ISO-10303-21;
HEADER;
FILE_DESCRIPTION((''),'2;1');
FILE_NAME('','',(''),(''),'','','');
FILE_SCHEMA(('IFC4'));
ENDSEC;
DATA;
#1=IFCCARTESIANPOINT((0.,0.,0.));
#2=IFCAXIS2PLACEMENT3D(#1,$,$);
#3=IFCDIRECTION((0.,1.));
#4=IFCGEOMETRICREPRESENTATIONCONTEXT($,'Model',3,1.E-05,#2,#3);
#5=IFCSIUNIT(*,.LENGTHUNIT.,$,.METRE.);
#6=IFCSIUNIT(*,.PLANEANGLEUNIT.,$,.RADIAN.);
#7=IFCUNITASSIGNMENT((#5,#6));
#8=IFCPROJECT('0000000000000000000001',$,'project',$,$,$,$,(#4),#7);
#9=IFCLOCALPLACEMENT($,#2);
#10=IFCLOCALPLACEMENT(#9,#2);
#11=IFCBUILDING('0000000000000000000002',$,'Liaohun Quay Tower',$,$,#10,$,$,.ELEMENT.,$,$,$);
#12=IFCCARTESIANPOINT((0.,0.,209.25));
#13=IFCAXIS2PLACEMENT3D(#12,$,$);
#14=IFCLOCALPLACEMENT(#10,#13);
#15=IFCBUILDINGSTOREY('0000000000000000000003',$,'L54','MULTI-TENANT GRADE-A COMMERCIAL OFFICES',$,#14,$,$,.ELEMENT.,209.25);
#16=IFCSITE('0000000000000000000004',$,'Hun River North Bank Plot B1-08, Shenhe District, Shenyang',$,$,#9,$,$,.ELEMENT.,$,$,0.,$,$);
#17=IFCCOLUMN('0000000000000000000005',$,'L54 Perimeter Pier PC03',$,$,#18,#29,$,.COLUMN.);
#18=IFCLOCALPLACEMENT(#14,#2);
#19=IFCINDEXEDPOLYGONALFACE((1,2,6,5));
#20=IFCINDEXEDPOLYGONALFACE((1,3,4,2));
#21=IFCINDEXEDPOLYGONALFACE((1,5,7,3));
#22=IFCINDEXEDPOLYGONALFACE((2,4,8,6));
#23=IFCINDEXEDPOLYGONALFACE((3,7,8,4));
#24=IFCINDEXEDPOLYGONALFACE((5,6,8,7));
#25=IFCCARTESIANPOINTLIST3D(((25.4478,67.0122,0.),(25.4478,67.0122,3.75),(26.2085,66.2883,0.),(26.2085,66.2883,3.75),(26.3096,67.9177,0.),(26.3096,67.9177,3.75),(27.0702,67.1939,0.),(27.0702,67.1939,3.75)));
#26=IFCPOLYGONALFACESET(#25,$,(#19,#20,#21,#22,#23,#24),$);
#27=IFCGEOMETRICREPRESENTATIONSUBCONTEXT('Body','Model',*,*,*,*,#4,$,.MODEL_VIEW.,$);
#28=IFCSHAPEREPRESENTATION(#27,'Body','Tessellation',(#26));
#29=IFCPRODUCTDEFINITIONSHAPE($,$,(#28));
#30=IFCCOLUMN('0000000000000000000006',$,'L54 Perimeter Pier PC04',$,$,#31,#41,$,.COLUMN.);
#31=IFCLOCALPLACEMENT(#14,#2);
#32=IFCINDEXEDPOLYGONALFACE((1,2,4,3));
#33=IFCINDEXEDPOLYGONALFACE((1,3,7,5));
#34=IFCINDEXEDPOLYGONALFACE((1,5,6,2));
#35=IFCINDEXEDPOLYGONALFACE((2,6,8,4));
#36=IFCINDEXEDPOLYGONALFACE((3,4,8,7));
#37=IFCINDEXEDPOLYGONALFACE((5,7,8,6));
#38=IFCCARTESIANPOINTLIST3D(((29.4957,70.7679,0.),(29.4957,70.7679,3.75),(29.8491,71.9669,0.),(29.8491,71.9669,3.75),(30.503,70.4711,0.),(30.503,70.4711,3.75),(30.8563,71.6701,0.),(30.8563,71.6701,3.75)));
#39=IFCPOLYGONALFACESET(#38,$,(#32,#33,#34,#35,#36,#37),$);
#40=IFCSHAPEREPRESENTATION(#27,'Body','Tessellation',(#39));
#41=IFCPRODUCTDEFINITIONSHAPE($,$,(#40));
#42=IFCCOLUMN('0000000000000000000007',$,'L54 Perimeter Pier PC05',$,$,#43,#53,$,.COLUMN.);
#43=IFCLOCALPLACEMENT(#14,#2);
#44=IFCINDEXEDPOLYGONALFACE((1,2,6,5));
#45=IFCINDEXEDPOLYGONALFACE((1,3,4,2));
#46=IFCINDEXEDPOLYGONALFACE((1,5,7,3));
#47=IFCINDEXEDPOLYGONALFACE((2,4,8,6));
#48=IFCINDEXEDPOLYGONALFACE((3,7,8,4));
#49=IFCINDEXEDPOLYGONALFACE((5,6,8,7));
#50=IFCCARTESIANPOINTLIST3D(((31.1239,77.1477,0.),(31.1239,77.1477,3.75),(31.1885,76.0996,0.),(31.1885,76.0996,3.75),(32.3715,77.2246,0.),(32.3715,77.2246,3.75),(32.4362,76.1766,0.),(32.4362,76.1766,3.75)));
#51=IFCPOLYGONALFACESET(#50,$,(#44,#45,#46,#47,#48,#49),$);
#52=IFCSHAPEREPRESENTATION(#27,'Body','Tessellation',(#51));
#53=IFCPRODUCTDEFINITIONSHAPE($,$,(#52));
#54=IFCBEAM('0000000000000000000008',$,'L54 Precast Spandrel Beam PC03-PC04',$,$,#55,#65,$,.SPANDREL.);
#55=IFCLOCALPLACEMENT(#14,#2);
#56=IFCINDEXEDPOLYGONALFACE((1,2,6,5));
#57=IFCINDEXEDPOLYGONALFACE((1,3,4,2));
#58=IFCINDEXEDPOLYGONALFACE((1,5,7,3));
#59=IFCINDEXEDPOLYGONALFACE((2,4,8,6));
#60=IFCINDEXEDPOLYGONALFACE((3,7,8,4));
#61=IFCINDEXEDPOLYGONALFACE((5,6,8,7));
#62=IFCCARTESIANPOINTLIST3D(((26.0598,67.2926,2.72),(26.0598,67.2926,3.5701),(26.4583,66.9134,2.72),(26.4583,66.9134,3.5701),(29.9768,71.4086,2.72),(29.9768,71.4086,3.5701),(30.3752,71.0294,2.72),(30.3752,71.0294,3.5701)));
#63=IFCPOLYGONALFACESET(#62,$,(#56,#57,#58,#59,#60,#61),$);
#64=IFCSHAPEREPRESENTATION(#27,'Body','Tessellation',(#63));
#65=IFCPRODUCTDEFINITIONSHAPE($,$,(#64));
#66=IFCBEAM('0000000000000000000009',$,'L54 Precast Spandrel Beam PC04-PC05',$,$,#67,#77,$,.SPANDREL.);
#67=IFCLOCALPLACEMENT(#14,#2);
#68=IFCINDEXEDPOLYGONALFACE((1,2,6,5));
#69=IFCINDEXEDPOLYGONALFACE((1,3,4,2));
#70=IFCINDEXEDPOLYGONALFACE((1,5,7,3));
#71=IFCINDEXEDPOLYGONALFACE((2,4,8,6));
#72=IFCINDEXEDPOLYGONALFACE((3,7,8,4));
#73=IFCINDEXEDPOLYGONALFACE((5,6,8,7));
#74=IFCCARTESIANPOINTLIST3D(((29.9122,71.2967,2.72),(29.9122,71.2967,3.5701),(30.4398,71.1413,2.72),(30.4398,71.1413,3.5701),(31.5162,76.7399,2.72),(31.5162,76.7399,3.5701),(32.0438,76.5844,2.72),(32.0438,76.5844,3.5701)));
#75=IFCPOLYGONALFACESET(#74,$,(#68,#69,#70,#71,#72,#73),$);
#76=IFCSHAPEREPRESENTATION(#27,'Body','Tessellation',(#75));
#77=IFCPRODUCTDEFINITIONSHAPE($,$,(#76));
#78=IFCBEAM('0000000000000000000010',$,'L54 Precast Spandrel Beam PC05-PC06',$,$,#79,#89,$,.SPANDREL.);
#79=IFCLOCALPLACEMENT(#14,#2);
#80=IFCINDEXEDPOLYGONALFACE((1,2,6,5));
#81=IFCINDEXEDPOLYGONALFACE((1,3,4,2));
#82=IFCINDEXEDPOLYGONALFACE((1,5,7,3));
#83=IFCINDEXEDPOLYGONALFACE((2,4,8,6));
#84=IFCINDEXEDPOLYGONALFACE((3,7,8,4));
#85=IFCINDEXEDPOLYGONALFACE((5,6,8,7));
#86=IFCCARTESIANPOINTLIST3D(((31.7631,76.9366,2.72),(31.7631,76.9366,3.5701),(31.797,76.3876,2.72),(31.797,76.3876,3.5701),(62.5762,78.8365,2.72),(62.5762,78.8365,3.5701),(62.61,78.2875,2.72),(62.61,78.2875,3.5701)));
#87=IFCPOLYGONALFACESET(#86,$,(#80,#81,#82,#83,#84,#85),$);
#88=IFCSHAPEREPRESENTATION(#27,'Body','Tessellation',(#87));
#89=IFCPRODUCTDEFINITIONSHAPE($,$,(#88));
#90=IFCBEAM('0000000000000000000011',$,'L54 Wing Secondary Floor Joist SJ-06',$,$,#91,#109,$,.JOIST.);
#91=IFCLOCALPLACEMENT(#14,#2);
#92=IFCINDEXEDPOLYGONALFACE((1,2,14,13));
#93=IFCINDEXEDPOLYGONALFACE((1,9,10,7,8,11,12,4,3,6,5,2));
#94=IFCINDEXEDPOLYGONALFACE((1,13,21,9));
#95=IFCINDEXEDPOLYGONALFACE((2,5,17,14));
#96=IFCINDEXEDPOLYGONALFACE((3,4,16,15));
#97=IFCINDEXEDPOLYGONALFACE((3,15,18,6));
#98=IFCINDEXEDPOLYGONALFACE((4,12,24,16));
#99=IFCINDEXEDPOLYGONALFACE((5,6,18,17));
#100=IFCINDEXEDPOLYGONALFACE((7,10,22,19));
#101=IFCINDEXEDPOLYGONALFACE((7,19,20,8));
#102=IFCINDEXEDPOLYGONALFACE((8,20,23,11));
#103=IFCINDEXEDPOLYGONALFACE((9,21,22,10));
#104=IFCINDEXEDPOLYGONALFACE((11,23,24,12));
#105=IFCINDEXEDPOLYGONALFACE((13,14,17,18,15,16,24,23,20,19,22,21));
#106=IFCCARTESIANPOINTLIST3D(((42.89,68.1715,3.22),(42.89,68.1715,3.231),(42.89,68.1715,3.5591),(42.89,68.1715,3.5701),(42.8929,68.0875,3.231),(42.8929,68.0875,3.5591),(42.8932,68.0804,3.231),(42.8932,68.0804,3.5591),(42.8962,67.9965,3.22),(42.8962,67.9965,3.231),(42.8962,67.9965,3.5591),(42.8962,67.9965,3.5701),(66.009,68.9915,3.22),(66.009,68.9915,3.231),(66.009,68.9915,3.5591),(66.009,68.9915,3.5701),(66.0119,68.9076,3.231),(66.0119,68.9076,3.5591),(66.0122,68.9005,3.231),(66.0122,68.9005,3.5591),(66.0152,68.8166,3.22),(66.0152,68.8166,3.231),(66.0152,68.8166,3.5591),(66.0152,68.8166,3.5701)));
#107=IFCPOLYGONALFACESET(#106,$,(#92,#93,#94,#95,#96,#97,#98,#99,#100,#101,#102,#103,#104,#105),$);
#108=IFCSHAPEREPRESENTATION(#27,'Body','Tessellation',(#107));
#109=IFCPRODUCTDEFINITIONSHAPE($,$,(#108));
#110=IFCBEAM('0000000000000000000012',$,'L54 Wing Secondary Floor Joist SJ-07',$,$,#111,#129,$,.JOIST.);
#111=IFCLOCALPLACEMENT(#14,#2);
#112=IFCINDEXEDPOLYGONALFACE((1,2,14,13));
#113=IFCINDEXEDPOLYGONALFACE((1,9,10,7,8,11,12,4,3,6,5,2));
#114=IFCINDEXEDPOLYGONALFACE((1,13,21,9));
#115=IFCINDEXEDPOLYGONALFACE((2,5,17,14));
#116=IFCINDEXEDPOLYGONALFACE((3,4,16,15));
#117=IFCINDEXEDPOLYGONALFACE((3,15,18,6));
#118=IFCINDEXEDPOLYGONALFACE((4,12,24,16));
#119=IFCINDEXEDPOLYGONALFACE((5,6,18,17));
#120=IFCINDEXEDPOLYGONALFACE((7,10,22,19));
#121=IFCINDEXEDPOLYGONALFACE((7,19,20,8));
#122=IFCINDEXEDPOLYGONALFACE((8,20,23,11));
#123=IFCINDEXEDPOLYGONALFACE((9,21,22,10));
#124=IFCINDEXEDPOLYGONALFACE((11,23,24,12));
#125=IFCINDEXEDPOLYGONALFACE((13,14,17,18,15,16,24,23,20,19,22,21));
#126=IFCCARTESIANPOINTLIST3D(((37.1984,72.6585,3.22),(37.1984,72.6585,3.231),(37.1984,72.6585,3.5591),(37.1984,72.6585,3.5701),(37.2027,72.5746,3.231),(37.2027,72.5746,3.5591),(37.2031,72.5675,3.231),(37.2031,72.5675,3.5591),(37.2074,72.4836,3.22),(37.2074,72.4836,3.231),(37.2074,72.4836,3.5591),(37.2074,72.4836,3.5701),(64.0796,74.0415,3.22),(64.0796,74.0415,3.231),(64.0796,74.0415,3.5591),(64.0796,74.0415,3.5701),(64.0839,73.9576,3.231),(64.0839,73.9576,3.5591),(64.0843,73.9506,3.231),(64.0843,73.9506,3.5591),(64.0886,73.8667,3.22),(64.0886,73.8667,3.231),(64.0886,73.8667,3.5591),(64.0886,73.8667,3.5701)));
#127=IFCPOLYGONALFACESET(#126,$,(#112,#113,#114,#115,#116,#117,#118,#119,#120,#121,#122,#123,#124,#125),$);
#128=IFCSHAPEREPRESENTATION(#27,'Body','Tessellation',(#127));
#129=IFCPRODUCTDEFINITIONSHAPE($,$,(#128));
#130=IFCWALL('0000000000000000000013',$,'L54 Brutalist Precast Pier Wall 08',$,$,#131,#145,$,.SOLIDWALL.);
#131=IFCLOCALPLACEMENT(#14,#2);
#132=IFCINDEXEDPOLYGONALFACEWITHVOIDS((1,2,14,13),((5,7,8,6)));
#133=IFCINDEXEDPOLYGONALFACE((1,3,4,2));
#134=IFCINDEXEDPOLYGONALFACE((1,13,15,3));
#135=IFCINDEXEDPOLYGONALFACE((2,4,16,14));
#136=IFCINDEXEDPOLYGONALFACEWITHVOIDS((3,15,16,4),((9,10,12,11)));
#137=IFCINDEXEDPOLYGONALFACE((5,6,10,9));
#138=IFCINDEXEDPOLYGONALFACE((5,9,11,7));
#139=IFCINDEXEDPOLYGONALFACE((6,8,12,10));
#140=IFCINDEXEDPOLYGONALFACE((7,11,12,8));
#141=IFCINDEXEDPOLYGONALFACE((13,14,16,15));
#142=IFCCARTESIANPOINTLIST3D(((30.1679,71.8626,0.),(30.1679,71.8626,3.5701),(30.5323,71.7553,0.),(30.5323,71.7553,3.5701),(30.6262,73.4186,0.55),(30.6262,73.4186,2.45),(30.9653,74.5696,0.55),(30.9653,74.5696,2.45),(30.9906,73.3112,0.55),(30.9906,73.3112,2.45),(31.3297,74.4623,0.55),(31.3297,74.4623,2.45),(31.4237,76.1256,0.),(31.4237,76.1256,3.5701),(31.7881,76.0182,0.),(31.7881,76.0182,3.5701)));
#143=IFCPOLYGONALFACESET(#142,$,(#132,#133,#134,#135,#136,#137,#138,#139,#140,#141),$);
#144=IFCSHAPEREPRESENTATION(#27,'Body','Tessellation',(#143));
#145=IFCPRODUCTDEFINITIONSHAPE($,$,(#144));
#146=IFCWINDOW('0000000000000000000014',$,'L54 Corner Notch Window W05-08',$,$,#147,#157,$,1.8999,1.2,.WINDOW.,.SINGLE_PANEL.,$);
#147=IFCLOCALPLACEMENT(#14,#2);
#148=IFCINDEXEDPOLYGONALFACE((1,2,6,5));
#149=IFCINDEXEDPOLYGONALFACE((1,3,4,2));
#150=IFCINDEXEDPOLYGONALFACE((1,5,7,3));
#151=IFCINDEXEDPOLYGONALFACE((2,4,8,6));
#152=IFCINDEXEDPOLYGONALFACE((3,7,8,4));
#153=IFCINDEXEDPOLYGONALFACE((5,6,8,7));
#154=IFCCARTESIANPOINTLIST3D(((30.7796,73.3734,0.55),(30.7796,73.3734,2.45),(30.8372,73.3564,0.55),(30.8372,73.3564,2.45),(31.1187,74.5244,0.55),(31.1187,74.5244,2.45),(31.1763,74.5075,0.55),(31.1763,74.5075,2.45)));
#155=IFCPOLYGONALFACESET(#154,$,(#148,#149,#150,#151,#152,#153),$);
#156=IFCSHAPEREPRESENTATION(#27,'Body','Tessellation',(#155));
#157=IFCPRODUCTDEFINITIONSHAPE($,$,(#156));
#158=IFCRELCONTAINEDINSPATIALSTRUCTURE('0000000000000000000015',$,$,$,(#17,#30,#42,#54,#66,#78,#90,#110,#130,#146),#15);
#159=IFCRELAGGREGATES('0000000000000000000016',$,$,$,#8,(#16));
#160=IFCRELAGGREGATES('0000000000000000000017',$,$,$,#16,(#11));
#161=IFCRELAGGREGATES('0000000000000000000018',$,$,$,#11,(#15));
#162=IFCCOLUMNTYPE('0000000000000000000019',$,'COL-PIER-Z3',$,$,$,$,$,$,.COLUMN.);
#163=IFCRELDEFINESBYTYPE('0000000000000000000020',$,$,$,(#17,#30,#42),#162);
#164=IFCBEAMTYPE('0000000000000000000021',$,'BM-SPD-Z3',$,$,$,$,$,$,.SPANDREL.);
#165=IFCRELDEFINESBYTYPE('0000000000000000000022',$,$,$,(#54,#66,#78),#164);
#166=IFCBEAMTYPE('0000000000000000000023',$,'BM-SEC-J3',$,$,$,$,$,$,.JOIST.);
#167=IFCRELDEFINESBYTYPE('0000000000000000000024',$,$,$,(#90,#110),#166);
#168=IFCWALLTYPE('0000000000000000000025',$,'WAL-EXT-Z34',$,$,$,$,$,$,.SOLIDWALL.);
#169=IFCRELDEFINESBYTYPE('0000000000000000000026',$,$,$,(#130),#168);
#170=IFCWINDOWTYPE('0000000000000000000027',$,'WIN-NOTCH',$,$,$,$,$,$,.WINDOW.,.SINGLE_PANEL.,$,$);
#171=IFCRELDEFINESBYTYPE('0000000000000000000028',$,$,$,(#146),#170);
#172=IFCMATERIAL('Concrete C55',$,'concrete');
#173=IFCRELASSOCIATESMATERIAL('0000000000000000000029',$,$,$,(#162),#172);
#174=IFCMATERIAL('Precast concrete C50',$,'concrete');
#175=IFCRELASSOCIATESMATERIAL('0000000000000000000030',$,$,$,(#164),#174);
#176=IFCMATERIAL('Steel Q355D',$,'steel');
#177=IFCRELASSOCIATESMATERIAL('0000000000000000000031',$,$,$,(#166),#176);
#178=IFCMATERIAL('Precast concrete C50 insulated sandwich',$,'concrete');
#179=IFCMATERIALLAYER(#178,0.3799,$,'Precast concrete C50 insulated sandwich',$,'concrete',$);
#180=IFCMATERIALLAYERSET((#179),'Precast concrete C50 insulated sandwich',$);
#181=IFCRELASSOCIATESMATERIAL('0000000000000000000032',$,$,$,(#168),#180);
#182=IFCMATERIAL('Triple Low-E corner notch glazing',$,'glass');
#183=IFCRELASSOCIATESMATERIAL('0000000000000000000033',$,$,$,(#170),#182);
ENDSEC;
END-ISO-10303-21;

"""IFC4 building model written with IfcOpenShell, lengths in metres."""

from ifc_helpers import new_model, si_unit, direction, frame, frame_2d, origin, origin_2d, place, context, subcontext, project, spatial, rectangle, i_section, extrude, source, transform, mapped, material, layer, layer_set, material_profile, profile_set, type_object, element, fill, save


model = new_model("IFC4")

# Units and contexts
model_context = context("Model", 3, precision=1e-05, world=origin(), true_north=direction((0.0, 1.0)))
body_context = subcontext(model_context, "Body", "Model", "MODEL_VIEW")
ifc_project = project(units=[si_unit("LENGTHUNIT", "METRE"), si_unit("PLANEANGLEUNIT", "RADIAN")], contexts=[model_context])

# Site, building, storey
site_placement = place(None, origin())
site = spatial("IfcSite", under=ifc_project, at=site_placement, Name="Hun River North Bank Plot B1-08, Shenhe District, Shenyang", CompositionType="ELEMENT", RefElevation=0.0)
building_placement = place(site_placement, origin())
building = spatial("IfcBuilding", under=site, at=building_placement, Name="Liaohun Quay Tower", CompositionType="ELEMENT")
storey_placement = place(building_placement, frame((0.0, 0.0, 209.25)))
storey = spatial("IfcBuildingStorey", under=building, at=storey_placement, Name="L54", Description="MULTI-TENANT GRADE-A COMMERCIAL OFFICES", CompositionType="ELEMENT", Elevation=209.25)

# Columns
ifc_material_1 = material(Name="Concrete C55", Category="concrete")
ifc_material_profile_1 = material_profile(ifc_material_1, rectangle(XDim=1.25, YDim=1.05, at=origin_2d()), Name="RC1250x1050")
ifc_profile_set_1 = profile_set([ifc_material_profile_1], Name="Concrete C55")
column_type = type_object("IfcColumnType", Name="COL-PIER-Z3", PredefinedType="COLUMN", material=ifc_profile_set_1)
shared_shape_1 = source(origin(), body_context, "Body", "SweptSolid", [
    extrude(rectangle(XDim=1.25, YDim=1.05, at=origin_2d()), origin(), (0.0, 0.0, 1.0), 3.75),
])
for number, where, z_axis, x_axis, name in (
    (1, (26.259, 67.103, 0.0), (0.0, 0.0, 1.0), (0.689367, 0.724413, 0.0), "L54 Perimeter Pier PC03"),
    (2, (30.176, 71.219, 0.0), (0.0, 0.0, 1.0), (0.282676, 0.959215, 0.0), "L54 Perimeter Pier PC04"),
    (3, (31.78, 76.6621, 0.0), (0.0, 0.0, 1.0), (0.998103, 0.061571, 0.0), "L54 Perimeter Pier PC05"),
):
    element("IfcColumn", number, at=place(storey_placement, frame(where, z_axis=z_axis, x_axis=x_axis)), inside=storey, type_object=column_type, Name=name, PredefinedType="COLUMN", context=body_context, shape_type="MappedRepresentation", body=[
        mapped(shared_shape_1, transform((0.0, 0.0, 0.0), x_axis=(1.0, 0.0, 0.0), y_axis=(0.0, 1.0, 0.0), z_axis=(0.0, 0.0, 1.0), scale=1.0)),
    ])

# Beams
ifc_material_2 = material(Name="Precast concrete C50", Category="concrete")
ifc_material_profile_2 = material_profile(ifc_material_2, rectangle(XDim=0.55, YDim=0.8501, at=origin_2d()), Name="RC550x850")
ifc_profile_set_2 = profile_set([ifc_material_profile_2], Name="Precast concrete C50")
beam_type_1 = type_object("IfcBeamType", Name="BM-SPD-Z3", PredefinedType="SPANDREL", material=ifc_profile_set_2)
shared_shape_2 = source(origin(), body_context, "Body", "SweptSolid", [
    extrude(rectangle(XDim=0.55, YDim=0.8501, at=origin_2d()), origin(), (0.0, 0.0, 1.0), 5.6819),
])
beam_1_placement = place(storey_placement, frame((26.259, 67.103, 3.145), z_axis=(0.68938, 0.724399, 0.0), x_axis=(-0.724399, 0.68938, 0.0)))
element("IfcBeam", 4, at=beam_1_placement, inside=storey, type_object=beam_type_1, Name="L54 Precast Spandrel Beam PC03-PC04", PredefinedType="SPANDREL", context=body_context, shape_type="MappedRepresentation", body=[
    mapped(shared_shape_2, transform((0.0, 0.0, 0.0), x_axis=(1.0, 0.0, 0.0), y_axis=(0.0, 1.0, 0.0), z_axis=(0.0, 0.0, 1.0), scale=1.0)),
])
shared_shape_3 = source(origin(), body_context, "Body", "SweptSolid", [
    extrude(rectangle(XDim=0.55, YDim=0.8501, at=origin_2d()), origin(), (0.0, 0.0, 1.0), 5.6746),
])
beam_2_placement = place(storey_placement, frame((30.176, 71.219, 3.145), z_axis=(0.282667, 0.959218, 0.0), x_axis=(-0.959218, 0.282667, 0.0)))
element("IfcBeam", 5, at=beam_2_placement, inside=storey, type_object=beam_type_1, Name="L54 Precast Spandrel Beam PC04-PC05", PredefinedType="SPANDREL", context=body_context, shape_type="MappedRepresentation", body=[
    mapped(shared_shape_3, transform((0.0, 0.0, 0.0), x_axis=(1.0, 0.0, 0.0), y_axis=(0.0, 1.0, 0.0), z_axis=(0.0, 0.0, 1.0), scale=1.0)),
])
shared_shape_4 = source(origin(), body_context, "Body", "SweptSolid", [
    extrude(rectangle(XDim=0.55, YDim=0.8501, at=origin_2d()), origin(), (0.0, 0.0, 1.0), 30.8716),
])
beam_3_placement = place(storey_placement, frame((31.78, 76.6621, 3.145), z_axis=(0.998104, 0.061542, 0.0), x_axis=(-0.061542, 0.998104, 0.0)))
element("IfcBeam", 6, at=beam_3_placement, inside=storey, type_object=beam_type_1, Name="L54 Precast Spandrel Beam PC05-PC06", PredefinedType="SPANDREL", context=body_context, shape_type="MappedRepresentation", body=[
    mapped(shared_shape_4, transform((0.0, 0.0, 0.0), x_axis=(1.0, 0.0, 0.0), y_axis=(0.0, 1.0, 0.0), z_axis=(0.0, 0.0, 1.0), scale=1.0)),
])
ifc_material_3 = material(Name="Steel Q355D", Category="steel")
ifc_material_profile_3 = material_profile(ifc_material_3, i_section(OverallWidth=0.175, OverallDepth=0.3501, WebThickness=0.0071, FlangeThickness=0.011, at=origin_2d()), Name="HN350x175x7x11")
ifc_profile_set_3 = profile_set([ifc_material_profile_3], Name="Steel Q355D")
beam_type_2 = type_object("IfcBeamType", Name="BM-SEC-J3", PredefinedType="JOIST", material=ifc_profile_set_3)
shared_shape_5 = source(origin(), body_context, "Body", "SweptSolid", [
    extrude(i_section(OverallWidth=0.175, OverallDepth=0.3501, WebThickness=0.0071, FlangeThickness=0.011, at=origin_2d()), origin(), (0.0, 0.0, 1.0), 23.1335),
])
beam_4_placement = place(storey_placement, frame((42.8931, 68.084, 3.395), z_axis=(0.999371, 0.035449, 0.0), x_axis=(-0.035449, 0.999371, 0.0)))
element("IfcBeam", 7, at=beam_4_placement, inside=storey, type_object=beam_type_2, Name="L54 Wing Secondary Floor Joist SJ-06", PredefinedType="JOIST", context=body_context, shape_type="MappedRepresentation", body=[
    mapped(shared_shape_5, transform((0.0, 0.0, 0.0), x_axis=(1.0, 0.0, 0.0), y_axis=(0.0, 1.0, 0.0), z_axis=(0.0, 0.0, 1.0), scale=1.0)),
])
shared_shape_6 = source(origin(), body_context, "Body", "SweptSolid", [
    extrude(i_section(OverallWidth=0.175, OverallDepth=0.3501, WebThickness=0.0071, FlangeThickness=0.011, at=origin_2d()), origin(), (0.0, 0.0, 1.0), 26.9167),
])
beam_5_placement = place(storey_placement, frame((37.2029, 72.571, 3.395), z_axis=(0.998679, 0.051383, 0.0), x_axis=(-0.051383, 0.998679, 0.0)))
element("IfcBeam", 8, at=beam_5_placement, inside=storey, type_object=beam_type_2, Name="L54 Wing Secondary Floor Joist SJ-07", PredefinedType="JOIST", context=body_context, shape_type="MappedRepresentation", body=[
    mapped(shared_shape_6, transform((0.0, 0.0, 0.0), x_axis=(1.0, 0.0, 0.0), y_axis=(0.0, 1.0, 0.0), z_axis=(0.0, 0.0, 1.0), scale=1.0)),
])

# Wall, opening, window
ifc_material_4 = material(Name="Precast concrete C50 insulated sandwich", Category="concrete")
ifc_layer_1 = layer(ifc_material_4, 0.3799, Name="Precast concrete C50 insulated sandwich", Category="concrete")
ifc_layer_set_1 = layer_set([ifc_layer_1], Name="Precast concrete C50 insulated sandwich")
wall_type_1 = type_object("IfcWallType", Name="WAL-EXT-Z34", PredefinedType="SOLIDWALL", material=ifc_layer_set_1)
wall_1_placement = place(storey_placement, frame((31.606, 76.072, 0.0), z_axis=(0.0, 0.0, 1.0), x_axis=(-0.282592, -0.95924, 0.0)))
wall_1 = element("IfcWall", 9, at=wall_1_placement, inside=storey, type_object=wall_type_1, Name="L54 Brutalist Precast Pier Wall 08", PredefinedType="SOLIDWALL", context=body_context, shape_type="SweptSolid", body=[
    extrude(rectangle(XDim=4.4441, YDim=0.3799, at=frame_2d((2.2222, 0.0))), origin(), (0.0, 0.0, 1.0), 3.5701),
])
shared_shape_7 = source(origin(), body_context, "Body", "SweptSolid", [
    extrude(rectangle(XDim=1.2, YDim=1.8999, at=frame_2d((0.6001, 0.95))), frame((0.0, 0.2, 0.0), z_axis=(0.0, -1.0, 0.0), x_axis=(1.0, 0.0, 0.0)), (0.0, 0.0, 1.0), 0.3999),
])
opening_1_placement = place(wall_1_placement, frame((1.6221, 0.0, 0.55)))
opening_1 = element("IfcOpeningElement", 10, at=opening_1_placement, cuts=wall_1, PredefinedType="OPENING", context=body_context, shape_type="MappedRepresentation", body=[
    mapped(shared_shape_7, transform((0.0, 0.0, 0.0), x_axis=(1.0, 0.0, 0.0), y_axis=(0.0, 1.0, 0.0), z_axis=(0.0, 0.0, 1.0), scale=1.0)),
])
ifc_material_5 = material(Name="Triple Low-E corner notch glazing", Category="glass")
window_type_1 = type_object("IfcWindowType", Name="WIN-NOTCH", PartitioningType="SINGLE_PANEL", PredefinedType="WINDOW", material=ifc_material_5)
shared_shape_8 = source(origin(), body_context, "Body", "SweptSolid", [
    extrude(rectangle(XDim=1.2, YDim=1.8999, at=frame_2d((0.6001, 0.95))), frame((0.0, 0.03, 0.0), z_axis=(0.0, -1.0, 0.0), x_axis=(1.0, 0.0, 0.0)), (0.0, 0.0, 1.0), 0.0601),
])
window_1_placement = place(opening_1_placement, origin())
window_1 = element("IfcWindow", 11, at=window_1_placement, inside=storey, type_object=window_type_1, Name="L54 Corner Notch Window W05-08", OverallHeight=1.8999, OverallWidth=1.2, PartitioningType="SINGLE_PANEL", PredefinedType="WINDOW", context=body_context, shape_type="MappedRepresentation", body=[
    mapped(shared_shape_8, transform((0.0, 0.0, 0.0), x_axis=(1.0, 0.0, 0.0), y_axis=(0.0, 1.0, 0.0), z_axis=(0.0, 0.0, 1.0), scale=1.0)),
])
fill(opening_1, window_1)

save(model, "model.ifc")
